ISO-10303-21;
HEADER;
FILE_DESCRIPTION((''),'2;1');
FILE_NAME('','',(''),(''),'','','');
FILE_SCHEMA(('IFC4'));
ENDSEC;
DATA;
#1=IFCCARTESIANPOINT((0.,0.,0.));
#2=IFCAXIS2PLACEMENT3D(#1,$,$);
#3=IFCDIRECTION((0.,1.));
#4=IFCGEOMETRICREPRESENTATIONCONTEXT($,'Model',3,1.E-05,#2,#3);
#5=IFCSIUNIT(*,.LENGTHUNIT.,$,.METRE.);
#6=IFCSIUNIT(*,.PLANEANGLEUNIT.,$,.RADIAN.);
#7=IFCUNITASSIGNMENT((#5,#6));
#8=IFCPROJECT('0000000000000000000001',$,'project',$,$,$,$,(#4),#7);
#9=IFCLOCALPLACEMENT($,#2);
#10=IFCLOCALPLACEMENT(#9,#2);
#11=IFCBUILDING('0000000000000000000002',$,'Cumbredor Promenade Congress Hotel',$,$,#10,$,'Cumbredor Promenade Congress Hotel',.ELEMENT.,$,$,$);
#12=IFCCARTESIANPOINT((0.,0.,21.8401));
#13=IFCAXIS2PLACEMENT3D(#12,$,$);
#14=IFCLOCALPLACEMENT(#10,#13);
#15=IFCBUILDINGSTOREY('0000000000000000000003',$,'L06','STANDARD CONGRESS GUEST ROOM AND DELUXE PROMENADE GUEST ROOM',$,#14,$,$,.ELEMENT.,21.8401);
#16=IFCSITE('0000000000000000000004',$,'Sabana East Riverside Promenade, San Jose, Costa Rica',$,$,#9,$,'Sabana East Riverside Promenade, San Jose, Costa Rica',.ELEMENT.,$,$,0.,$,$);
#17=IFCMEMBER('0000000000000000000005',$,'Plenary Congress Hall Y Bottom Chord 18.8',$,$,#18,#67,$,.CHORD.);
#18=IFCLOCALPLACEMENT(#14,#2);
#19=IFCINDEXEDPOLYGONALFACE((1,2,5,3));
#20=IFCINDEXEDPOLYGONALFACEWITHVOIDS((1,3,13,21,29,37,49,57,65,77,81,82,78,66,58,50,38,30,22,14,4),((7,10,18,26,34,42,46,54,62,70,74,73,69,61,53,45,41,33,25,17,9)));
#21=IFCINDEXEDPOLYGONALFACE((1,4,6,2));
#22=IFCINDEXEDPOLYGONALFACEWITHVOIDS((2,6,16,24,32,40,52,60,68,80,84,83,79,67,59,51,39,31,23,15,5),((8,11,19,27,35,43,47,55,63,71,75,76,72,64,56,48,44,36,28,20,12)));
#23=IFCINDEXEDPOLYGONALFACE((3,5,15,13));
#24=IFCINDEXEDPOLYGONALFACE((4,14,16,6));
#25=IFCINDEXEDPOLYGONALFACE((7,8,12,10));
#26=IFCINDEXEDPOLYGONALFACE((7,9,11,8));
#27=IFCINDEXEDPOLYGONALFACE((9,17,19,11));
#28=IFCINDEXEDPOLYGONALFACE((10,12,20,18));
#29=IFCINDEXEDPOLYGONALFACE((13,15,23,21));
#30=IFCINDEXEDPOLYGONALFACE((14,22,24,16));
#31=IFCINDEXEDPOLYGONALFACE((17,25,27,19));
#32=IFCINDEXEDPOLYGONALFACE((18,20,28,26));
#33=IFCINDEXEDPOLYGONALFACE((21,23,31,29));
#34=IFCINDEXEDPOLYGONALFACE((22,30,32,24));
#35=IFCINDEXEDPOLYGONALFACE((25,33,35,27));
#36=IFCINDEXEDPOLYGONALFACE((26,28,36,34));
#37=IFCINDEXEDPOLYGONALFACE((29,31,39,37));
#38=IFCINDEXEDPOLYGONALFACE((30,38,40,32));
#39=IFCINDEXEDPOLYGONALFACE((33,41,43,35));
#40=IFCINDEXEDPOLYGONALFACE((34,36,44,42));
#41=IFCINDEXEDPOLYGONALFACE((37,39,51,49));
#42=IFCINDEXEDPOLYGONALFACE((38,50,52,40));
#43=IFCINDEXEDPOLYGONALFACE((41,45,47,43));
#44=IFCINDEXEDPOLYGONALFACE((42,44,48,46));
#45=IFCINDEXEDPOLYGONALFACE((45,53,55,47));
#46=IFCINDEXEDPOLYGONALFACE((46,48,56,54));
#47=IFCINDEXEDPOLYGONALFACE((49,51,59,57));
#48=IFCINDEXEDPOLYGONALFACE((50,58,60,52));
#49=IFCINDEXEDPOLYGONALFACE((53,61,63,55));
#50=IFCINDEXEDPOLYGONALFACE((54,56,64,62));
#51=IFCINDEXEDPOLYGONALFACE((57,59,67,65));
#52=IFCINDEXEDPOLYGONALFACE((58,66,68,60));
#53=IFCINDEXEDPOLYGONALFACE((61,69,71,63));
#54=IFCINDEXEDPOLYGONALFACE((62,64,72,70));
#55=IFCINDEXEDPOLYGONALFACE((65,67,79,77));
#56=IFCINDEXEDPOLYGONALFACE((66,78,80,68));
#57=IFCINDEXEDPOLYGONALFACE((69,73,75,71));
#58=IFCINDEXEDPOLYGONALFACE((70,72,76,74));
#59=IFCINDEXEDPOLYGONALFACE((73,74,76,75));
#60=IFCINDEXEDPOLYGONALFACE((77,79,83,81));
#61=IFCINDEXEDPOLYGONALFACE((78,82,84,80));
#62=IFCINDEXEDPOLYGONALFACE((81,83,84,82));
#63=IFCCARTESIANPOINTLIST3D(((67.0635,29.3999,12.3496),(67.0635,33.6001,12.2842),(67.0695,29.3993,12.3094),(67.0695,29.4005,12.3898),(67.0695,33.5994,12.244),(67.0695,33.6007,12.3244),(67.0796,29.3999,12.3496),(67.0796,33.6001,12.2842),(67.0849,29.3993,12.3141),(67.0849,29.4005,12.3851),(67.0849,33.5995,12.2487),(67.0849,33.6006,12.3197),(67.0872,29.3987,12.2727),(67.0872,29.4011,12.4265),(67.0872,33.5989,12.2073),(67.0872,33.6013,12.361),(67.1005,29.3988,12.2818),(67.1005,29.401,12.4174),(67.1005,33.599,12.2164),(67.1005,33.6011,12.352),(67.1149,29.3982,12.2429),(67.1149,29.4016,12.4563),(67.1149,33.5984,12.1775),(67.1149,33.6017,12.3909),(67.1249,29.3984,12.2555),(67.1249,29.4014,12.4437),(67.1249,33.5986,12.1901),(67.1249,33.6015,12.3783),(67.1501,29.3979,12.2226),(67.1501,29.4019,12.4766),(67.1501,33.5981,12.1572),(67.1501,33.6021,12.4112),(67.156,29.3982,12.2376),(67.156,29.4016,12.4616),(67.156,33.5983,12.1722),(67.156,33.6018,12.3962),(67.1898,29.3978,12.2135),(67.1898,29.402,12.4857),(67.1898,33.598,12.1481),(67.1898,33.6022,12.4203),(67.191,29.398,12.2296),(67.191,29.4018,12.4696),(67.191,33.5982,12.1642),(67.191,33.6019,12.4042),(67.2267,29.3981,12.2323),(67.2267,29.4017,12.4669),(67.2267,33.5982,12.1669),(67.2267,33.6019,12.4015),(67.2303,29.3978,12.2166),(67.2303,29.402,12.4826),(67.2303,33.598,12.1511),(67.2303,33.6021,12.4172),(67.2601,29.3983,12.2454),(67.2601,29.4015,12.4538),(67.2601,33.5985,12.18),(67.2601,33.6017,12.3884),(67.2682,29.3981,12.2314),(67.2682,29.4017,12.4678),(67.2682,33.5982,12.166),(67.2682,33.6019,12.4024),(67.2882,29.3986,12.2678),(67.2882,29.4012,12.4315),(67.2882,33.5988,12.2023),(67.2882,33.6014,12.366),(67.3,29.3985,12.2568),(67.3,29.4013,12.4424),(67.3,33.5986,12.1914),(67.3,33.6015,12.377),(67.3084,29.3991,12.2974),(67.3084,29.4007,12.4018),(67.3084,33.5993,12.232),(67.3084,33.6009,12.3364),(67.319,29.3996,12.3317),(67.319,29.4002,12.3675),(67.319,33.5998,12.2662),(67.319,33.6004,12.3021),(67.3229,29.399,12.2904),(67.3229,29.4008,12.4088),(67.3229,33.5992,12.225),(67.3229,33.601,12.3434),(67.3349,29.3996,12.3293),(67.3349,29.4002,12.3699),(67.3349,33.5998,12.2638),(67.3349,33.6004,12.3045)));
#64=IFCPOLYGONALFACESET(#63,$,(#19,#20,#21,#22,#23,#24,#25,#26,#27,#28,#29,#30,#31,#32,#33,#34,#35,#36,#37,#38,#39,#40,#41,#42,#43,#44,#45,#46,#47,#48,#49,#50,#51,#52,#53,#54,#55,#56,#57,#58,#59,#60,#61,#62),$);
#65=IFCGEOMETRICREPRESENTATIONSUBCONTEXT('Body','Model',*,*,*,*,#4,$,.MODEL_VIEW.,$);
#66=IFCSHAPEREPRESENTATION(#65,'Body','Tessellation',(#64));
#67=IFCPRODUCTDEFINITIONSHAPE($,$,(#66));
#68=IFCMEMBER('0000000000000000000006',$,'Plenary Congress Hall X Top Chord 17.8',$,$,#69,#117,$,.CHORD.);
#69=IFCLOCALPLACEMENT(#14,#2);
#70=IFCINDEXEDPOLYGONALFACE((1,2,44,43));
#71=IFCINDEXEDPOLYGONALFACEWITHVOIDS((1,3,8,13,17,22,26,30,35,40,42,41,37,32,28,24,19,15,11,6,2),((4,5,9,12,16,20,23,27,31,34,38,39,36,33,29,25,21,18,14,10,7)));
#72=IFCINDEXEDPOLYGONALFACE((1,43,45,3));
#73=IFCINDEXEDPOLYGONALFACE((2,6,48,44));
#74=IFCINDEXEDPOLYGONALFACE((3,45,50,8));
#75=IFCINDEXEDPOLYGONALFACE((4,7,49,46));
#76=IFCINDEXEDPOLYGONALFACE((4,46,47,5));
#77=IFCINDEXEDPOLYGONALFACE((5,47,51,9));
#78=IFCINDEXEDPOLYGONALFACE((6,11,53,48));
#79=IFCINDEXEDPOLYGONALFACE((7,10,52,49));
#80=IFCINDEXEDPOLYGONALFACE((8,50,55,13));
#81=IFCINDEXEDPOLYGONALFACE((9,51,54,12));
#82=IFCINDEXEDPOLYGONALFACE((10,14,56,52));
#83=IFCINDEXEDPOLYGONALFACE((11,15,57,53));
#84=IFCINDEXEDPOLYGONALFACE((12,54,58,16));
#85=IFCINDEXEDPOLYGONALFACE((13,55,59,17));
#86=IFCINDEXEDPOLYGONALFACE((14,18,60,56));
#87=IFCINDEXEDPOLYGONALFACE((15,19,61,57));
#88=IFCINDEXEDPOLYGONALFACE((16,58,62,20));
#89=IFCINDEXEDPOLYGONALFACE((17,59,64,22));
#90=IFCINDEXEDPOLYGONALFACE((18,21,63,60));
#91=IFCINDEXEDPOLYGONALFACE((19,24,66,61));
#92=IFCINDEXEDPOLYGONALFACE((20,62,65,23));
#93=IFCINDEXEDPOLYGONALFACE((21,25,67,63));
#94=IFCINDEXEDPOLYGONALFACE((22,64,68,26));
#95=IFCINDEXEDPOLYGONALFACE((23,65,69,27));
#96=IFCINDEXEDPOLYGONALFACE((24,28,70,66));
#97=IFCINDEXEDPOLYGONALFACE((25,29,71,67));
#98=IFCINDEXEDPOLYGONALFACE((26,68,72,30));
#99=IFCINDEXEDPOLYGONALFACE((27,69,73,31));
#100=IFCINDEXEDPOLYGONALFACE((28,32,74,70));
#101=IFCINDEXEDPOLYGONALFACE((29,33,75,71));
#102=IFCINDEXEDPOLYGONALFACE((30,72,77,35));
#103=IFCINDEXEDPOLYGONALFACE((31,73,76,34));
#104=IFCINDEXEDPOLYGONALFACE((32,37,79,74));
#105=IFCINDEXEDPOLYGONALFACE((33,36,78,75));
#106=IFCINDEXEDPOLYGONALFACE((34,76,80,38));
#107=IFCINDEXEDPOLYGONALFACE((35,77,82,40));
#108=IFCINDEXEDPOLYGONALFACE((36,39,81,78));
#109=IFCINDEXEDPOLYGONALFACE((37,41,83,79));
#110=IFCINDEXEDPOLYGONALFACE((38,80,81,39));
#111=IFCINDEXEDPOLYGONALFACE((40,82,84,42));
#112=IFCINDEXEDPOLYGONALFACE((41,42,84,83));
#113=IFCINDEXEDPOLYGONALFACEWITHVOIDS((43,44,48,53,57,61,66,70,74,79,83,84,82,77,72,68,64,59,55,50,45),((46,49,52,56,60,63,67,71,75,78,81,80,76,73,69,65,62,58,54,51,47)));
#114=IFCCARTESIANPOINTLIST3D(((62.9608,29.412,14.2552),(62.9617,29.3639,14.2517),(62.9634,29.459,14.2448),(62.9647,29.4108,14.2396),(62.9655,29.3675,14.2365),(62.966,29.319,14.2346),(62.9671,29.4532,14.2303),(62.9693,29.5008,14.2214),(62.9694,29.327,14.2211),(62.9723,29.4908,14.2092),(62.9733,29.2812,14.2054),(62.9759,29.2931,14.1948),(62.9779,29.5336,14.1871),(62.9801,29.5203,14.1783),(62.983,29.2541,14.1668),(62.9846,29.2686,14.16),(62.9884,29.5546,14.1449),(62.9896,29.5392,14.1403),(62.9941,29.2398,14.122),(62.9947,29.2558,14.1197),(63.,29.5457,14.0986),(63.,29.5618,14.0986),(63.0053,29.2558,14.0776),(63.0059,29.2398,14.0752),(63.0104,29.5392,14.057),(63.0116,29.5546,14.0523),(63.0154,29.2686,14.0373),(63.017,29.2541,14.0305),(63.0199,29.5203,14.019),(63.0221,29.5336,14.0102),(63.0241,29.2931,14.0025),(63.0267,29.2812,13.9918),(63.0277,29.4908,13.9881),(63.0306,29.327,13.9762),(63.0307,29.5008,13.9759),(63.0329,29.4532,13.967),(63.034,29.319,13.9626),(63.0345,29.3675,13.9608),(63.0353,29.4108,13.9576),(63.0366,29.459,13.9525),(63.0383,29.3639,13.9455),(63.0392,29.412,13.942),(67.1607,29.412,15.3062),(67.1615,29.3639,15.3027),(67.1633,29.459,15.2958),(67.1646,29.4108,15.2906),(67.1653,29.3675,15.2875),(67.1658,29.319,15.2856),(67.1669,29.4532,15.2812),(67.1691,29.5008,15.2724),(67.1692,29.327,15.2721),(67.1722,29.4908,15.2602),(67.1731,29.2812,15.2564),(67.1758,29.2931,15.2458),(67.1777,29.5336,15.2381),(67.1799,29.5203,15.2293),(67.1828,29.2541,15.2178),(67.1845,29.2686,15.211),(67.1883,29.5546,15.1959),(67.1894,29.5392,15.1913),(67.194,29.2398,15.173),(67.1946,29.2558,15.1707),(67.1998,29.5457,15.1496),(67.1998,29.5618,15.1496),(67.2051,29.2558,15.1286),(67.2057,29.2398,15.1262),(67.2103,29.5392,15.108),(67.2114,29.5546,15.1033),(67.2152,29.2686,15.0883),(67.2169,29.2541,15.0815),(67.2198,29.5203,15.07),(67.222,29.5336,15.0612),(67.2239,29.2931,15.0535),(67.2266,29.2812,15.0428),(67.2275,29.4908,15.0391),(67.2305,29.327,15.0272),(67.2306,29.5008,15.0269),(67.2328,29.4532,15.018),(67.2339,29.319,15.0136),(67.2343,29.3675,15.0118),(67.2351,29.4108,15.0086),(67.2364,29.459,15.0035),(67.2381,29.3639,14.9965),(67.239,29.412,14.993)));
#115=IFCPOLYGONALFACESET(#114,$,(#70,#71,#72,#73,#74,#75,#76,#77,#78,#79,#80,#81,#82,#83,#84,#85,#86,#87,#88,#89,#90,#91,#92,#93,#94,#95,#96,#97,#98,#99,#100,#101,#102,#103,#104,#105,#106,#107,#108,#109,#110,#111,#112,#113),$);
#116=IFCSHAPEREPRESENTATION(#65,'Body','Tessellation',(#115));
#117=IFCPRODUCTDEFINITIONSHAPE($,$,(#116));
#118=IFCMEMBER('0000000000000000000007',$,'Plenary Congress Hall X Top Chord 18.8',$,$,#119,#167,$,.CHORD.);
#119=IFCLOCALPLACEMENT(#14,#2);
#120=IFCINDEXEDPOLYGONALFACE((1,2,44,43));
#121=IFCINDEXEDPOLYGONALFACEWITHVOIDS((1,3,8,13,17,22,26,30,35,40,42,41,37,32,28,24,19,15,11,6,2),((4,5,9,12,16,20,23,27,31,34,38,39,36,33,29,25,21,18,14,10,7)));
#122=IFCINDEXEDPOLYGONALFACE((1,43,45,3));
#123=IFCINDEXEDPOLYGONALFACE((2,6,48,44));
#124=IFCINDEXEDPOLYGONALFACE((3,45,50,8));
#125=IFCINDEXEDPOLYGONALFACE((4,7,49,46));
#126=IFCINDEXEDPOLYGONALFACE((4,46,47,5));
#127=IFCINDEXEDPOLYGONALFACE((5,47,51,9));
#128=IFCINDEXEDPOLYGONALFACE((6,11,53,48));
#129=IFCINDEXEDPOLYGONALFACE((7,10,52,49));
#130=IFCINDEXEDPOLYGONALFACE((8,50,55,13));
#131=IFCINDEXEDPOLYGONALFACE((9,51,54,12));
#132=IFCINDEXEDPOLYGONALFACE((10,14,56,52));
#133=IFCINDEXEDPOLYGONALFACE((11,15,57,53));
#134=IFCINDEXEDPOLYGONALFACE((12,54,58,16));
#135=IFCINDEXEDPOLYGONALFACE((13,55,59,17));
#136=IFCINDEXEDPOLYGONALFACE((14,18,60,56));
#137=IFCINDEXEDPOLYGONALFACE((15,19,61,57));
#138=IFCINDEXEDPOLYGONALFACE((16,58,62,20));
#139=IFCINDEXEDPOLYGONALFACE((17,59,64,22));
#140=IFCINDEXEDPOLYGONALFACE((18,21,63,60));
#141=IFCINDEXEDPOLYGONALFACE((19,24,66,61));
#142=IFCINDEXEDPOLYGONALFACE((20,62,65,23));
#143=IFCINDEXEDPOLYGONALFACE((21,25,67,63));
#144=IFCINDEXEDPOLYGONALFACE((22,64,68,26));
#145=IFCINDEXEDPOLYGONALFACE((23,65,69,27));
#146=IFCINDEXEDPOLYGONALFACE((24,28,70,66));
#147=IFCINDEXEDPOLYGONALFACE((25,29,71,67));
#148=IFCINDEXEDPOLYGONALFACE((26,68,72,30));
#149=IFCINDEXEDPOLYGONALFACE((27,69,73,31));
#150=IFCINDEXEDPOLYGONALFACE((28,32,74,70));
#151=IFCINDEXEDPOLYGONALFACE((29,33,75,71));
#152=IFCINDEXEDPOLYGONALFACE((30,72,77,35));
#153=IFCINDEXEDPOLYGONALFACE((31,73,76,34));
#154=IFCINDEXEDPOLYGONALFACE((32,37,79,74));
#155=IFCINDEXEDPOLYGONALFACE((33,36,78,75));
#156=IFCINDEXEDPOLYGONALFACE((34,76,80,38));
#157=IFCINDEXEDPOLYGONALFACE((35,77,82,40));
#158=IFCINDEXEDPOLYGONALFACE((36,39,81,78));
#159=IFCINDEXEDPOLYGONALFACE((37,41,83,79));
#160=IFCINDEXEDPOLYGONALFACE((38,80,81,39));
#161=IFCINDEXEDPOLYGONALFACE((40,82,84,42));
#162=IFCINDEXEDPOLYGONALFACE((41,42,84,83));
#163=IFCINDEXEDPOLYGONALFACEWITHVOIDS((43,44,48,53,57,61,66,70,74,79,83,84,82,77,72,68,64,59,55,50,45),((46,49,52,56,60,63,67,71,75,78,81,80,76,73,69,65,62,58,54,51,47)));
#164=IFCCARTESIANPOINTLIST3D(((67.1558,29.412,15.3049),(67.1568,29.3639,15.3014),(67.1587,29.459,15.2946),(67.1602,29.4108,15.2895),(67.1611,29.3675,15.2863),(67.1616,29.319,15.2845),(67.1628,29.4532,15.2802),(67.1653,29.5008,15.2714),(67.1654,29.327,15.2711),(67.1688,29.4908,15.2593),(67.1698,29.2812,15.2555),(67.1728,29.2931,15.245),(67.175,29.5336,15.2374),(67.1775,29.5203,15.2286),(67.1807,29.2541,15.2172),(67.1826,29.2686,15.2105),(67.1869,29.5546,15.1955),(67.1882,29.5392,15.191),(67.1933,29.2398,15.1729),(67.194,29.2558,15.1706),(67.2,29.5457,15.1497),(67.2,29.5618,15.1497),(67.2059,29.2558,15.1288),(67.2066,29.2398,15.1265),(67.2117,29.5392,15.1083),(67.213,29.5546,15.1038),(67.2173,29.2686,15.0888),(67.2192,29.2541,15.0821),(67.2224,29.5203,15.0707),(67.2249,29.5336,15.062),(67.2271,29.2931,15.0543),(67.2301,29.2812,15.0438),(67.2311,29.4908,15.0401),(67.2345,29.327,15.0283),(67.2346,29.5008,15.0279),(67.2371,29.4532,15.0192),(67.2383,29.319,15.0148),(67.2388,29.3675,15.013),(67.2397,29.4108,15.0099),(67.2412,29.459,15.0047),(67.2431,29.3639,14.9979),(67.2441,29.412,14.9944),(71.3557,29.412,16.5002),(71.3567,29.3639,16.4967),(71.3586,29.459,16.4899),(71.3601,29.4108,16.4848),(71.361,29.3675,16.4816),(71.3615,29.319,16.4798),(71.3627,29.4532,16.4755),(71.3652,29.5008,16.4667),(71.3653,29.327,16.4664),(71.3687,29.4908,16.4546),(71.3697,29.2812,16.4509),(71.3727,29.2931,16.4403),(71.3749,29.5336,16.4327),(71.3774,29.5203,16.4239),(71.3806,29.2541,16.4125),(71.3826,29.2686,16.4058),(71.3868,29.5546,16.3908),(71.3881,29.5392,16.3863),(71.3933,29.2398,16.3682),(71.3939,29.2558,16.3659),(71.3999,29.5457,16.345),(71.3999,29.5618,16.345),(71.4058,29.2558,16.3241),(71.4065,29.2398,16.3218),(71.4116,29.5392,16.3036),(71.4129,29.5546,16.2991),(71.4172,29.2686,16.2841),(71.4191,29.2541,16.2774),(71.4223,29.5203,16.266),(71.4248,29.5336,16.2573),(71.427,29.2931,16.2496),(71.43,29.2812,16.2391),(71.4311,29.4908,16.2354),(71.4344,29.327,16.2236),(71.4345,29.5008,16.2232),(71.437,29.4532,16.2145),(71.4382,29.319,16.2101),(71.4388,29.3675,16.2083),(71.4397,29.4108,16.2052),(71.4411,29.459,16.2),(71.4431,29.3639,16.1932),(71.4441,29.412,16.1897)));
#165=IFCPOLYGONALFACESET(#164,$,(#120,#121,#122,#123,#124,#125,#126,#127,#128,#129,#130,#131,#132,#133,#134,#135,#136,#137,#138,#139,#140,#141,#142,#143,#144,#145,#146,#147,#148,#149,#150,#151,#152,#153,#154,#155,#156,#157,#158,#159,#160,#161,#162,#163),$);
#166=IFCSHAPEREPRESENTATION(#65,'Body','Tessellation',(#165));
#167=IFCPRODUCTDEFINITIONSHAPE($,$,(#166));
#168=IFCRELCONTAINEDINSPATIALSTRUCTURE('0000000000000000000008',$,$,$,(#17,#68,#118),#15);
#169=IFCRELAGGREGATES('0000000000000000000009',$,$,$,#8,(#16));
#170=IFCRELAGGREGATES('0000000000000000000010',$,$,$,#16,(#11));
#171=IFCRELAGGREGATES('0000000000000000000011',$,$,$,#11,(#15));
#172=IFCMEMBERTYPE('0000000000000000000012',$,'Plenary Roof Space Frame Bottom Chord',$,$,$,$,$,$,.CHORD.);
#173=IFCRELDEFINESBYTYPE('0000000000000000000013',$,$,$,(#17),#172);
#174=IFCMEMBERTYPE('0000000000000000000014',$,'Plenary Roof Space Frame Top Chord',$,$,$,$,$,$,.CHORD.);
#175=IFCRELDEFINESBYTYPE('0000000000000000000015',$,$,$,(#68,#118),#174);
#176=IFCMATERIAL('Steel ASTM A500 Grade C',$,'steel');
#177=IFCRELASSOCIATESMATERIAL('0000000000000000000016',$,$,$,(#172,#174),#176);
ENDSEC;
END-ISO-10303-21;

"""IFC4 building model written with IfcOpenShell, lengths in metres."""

from ifc_helpers import new_model, si_unit, direction, frame, origin, origin_2d, place, context, subcontext, project, spatial, hollow_circle, extrude, material, material_profile, profile_set, type_object, element, save


model = new_model("IFC4")

# Units and contexts
model_context = context("Model", 3, precision=1e-05, world=origin(), true_north=direction((0.0, 1.0)))
body_context = subcontext(model_context, "Body", "Model", "MODEL_VIEW")
ifc_project = project(units=[si_unit("LENGTHUNIT", "METRE"), si_unit("PLANEANGLEUNIT", "RADIAN")], contexts=[model_context])

# Site, building, storey
site_placement = place(None, origin())
site = spatial("IfcSite", under=ifc_project, at=site_placement, Name="Sabana East Riverside Promenade, San Jose, Costa Rica", LongName="Sabana East Riverside Promenade, San Jose, Costa Rica", CompositionType="ELEMENT", RefElevation=0.0)
building_placement = place(site_placement, origin())
building = spatial("IfcBuilding", under=site, at=building_placement, Name="Cumbredor Promenade Congress Hotel", LongName="Cumbredor Promenade Congress Hotel", CompositionType="ELEMENT")
storey_placement = place(building_placement, frame((0.0, 0.0, 21.8401)))
storey = spatial("IfcBuildingStorey", under=building, at=storey_placement, Name="L06", Description="STANDARD CONGRESS GUEST ROOM AND DELUXE PROMENADE GUEST ROOM", CompositionType="ELEMENT", Elevation=21.8401)

# Members
ifc_material_1 = material(Name="Steel ASTM A500 Grade C", Category="steel")
ifc_material_profile_1 = material_profile(ifc_material_1, hollow_circle(Radius=0.1365, WallThickness=0.0161, at=origin_2d()), Name="CHS 273.0x16")
ifc_profile_set_1 = profile_set([ifc_material_profile_1], Name="Steel ASTM A500 Grade C")
member_type_1 = type_object("IfcMemberType", Name="Plenary Roof Space Frame Bottom Chord", PredefinedType="CHORD", material=ifc_profile_set_1)
member_1_placement = place(storey_placement, frame((67.2, 29.3999, 12.3496), z_axis=(0.0, 0.999879, -0.015576), x_axis=(-1.0, 0.0, 0.0)))
element("IfcMember", 1, at=member_1_placement, inside=storey, type_object=member_type_1, Name="Plenary Congress Hall Y Bottom Chord 18.8", PredefinedType="CHORD", context=body_context, shape_type="SweptSolid", body=[
    extrude(hollow_circle(Radius=0.1365, WallThickness=0.0161, at=origin_2d()), origin(), (0.0, 0.0, 1.0), 4.2007),
])
ifc_material_profile_2 = material_profile(ifc_material_1, hollow_circle(Radius=0.1619, WallThickness=0.0161, at=origin_2d()), Name="CHS 323.9x16")
ifc_profile_set_2 = profile_set([ifc_material_profile_2], Name="Steel ASTM A500 Grade C")
member_type_2 = type_object("IfcMemberType", Name="Plenary Roof Space Frame Top Chord", PredefinedType="CHORD", material=ifc_profile_set_2)
member_2_placement = place(storey_placement, frame((63.0, 29.3999, 14.0986), z_axis=(0.970086, 0.0, 0.242761), x_axis=(0.0, 1.0, 0.0)))
element("IfcMember", 2, at=member_2_placement, inside=storey, type_object=member_type_2, Name="Plenary Congress Hall X Top Chord 17.8", PredefinedType="CHORD", context=body_context, shape_type="SweptSolid", body=[
    extrude(hollow_circle(Radius=0.1619, WallThickness=0.0161, at=origin_2d()), origin(), (0.0, 0.0, 1.0), 4.3293),
])
member_3_placement = place(storey_placement, frame((67.2, 29.3999, 15.1497), z_axis=(0.961806, 0.0, 0.273731), x_axis=(0.0, 1.0, 0.0)))
element("IfcMember", 3, at=member_3_placement, inside=storey, type_object=member_type_2, Name="Plenary Congress Hall X Top Chord 18.8", PredefinedType="CHORD", context=body_context, shape_type="SweptSolid", body=[
    extrude(hollow_circle(Radius=0.1619, WallThickness=0.0161, at=origin_2d()), origin(), (0.0, 0.0, 1.0), 4.3667),
])

save(model, "model.ifc")
